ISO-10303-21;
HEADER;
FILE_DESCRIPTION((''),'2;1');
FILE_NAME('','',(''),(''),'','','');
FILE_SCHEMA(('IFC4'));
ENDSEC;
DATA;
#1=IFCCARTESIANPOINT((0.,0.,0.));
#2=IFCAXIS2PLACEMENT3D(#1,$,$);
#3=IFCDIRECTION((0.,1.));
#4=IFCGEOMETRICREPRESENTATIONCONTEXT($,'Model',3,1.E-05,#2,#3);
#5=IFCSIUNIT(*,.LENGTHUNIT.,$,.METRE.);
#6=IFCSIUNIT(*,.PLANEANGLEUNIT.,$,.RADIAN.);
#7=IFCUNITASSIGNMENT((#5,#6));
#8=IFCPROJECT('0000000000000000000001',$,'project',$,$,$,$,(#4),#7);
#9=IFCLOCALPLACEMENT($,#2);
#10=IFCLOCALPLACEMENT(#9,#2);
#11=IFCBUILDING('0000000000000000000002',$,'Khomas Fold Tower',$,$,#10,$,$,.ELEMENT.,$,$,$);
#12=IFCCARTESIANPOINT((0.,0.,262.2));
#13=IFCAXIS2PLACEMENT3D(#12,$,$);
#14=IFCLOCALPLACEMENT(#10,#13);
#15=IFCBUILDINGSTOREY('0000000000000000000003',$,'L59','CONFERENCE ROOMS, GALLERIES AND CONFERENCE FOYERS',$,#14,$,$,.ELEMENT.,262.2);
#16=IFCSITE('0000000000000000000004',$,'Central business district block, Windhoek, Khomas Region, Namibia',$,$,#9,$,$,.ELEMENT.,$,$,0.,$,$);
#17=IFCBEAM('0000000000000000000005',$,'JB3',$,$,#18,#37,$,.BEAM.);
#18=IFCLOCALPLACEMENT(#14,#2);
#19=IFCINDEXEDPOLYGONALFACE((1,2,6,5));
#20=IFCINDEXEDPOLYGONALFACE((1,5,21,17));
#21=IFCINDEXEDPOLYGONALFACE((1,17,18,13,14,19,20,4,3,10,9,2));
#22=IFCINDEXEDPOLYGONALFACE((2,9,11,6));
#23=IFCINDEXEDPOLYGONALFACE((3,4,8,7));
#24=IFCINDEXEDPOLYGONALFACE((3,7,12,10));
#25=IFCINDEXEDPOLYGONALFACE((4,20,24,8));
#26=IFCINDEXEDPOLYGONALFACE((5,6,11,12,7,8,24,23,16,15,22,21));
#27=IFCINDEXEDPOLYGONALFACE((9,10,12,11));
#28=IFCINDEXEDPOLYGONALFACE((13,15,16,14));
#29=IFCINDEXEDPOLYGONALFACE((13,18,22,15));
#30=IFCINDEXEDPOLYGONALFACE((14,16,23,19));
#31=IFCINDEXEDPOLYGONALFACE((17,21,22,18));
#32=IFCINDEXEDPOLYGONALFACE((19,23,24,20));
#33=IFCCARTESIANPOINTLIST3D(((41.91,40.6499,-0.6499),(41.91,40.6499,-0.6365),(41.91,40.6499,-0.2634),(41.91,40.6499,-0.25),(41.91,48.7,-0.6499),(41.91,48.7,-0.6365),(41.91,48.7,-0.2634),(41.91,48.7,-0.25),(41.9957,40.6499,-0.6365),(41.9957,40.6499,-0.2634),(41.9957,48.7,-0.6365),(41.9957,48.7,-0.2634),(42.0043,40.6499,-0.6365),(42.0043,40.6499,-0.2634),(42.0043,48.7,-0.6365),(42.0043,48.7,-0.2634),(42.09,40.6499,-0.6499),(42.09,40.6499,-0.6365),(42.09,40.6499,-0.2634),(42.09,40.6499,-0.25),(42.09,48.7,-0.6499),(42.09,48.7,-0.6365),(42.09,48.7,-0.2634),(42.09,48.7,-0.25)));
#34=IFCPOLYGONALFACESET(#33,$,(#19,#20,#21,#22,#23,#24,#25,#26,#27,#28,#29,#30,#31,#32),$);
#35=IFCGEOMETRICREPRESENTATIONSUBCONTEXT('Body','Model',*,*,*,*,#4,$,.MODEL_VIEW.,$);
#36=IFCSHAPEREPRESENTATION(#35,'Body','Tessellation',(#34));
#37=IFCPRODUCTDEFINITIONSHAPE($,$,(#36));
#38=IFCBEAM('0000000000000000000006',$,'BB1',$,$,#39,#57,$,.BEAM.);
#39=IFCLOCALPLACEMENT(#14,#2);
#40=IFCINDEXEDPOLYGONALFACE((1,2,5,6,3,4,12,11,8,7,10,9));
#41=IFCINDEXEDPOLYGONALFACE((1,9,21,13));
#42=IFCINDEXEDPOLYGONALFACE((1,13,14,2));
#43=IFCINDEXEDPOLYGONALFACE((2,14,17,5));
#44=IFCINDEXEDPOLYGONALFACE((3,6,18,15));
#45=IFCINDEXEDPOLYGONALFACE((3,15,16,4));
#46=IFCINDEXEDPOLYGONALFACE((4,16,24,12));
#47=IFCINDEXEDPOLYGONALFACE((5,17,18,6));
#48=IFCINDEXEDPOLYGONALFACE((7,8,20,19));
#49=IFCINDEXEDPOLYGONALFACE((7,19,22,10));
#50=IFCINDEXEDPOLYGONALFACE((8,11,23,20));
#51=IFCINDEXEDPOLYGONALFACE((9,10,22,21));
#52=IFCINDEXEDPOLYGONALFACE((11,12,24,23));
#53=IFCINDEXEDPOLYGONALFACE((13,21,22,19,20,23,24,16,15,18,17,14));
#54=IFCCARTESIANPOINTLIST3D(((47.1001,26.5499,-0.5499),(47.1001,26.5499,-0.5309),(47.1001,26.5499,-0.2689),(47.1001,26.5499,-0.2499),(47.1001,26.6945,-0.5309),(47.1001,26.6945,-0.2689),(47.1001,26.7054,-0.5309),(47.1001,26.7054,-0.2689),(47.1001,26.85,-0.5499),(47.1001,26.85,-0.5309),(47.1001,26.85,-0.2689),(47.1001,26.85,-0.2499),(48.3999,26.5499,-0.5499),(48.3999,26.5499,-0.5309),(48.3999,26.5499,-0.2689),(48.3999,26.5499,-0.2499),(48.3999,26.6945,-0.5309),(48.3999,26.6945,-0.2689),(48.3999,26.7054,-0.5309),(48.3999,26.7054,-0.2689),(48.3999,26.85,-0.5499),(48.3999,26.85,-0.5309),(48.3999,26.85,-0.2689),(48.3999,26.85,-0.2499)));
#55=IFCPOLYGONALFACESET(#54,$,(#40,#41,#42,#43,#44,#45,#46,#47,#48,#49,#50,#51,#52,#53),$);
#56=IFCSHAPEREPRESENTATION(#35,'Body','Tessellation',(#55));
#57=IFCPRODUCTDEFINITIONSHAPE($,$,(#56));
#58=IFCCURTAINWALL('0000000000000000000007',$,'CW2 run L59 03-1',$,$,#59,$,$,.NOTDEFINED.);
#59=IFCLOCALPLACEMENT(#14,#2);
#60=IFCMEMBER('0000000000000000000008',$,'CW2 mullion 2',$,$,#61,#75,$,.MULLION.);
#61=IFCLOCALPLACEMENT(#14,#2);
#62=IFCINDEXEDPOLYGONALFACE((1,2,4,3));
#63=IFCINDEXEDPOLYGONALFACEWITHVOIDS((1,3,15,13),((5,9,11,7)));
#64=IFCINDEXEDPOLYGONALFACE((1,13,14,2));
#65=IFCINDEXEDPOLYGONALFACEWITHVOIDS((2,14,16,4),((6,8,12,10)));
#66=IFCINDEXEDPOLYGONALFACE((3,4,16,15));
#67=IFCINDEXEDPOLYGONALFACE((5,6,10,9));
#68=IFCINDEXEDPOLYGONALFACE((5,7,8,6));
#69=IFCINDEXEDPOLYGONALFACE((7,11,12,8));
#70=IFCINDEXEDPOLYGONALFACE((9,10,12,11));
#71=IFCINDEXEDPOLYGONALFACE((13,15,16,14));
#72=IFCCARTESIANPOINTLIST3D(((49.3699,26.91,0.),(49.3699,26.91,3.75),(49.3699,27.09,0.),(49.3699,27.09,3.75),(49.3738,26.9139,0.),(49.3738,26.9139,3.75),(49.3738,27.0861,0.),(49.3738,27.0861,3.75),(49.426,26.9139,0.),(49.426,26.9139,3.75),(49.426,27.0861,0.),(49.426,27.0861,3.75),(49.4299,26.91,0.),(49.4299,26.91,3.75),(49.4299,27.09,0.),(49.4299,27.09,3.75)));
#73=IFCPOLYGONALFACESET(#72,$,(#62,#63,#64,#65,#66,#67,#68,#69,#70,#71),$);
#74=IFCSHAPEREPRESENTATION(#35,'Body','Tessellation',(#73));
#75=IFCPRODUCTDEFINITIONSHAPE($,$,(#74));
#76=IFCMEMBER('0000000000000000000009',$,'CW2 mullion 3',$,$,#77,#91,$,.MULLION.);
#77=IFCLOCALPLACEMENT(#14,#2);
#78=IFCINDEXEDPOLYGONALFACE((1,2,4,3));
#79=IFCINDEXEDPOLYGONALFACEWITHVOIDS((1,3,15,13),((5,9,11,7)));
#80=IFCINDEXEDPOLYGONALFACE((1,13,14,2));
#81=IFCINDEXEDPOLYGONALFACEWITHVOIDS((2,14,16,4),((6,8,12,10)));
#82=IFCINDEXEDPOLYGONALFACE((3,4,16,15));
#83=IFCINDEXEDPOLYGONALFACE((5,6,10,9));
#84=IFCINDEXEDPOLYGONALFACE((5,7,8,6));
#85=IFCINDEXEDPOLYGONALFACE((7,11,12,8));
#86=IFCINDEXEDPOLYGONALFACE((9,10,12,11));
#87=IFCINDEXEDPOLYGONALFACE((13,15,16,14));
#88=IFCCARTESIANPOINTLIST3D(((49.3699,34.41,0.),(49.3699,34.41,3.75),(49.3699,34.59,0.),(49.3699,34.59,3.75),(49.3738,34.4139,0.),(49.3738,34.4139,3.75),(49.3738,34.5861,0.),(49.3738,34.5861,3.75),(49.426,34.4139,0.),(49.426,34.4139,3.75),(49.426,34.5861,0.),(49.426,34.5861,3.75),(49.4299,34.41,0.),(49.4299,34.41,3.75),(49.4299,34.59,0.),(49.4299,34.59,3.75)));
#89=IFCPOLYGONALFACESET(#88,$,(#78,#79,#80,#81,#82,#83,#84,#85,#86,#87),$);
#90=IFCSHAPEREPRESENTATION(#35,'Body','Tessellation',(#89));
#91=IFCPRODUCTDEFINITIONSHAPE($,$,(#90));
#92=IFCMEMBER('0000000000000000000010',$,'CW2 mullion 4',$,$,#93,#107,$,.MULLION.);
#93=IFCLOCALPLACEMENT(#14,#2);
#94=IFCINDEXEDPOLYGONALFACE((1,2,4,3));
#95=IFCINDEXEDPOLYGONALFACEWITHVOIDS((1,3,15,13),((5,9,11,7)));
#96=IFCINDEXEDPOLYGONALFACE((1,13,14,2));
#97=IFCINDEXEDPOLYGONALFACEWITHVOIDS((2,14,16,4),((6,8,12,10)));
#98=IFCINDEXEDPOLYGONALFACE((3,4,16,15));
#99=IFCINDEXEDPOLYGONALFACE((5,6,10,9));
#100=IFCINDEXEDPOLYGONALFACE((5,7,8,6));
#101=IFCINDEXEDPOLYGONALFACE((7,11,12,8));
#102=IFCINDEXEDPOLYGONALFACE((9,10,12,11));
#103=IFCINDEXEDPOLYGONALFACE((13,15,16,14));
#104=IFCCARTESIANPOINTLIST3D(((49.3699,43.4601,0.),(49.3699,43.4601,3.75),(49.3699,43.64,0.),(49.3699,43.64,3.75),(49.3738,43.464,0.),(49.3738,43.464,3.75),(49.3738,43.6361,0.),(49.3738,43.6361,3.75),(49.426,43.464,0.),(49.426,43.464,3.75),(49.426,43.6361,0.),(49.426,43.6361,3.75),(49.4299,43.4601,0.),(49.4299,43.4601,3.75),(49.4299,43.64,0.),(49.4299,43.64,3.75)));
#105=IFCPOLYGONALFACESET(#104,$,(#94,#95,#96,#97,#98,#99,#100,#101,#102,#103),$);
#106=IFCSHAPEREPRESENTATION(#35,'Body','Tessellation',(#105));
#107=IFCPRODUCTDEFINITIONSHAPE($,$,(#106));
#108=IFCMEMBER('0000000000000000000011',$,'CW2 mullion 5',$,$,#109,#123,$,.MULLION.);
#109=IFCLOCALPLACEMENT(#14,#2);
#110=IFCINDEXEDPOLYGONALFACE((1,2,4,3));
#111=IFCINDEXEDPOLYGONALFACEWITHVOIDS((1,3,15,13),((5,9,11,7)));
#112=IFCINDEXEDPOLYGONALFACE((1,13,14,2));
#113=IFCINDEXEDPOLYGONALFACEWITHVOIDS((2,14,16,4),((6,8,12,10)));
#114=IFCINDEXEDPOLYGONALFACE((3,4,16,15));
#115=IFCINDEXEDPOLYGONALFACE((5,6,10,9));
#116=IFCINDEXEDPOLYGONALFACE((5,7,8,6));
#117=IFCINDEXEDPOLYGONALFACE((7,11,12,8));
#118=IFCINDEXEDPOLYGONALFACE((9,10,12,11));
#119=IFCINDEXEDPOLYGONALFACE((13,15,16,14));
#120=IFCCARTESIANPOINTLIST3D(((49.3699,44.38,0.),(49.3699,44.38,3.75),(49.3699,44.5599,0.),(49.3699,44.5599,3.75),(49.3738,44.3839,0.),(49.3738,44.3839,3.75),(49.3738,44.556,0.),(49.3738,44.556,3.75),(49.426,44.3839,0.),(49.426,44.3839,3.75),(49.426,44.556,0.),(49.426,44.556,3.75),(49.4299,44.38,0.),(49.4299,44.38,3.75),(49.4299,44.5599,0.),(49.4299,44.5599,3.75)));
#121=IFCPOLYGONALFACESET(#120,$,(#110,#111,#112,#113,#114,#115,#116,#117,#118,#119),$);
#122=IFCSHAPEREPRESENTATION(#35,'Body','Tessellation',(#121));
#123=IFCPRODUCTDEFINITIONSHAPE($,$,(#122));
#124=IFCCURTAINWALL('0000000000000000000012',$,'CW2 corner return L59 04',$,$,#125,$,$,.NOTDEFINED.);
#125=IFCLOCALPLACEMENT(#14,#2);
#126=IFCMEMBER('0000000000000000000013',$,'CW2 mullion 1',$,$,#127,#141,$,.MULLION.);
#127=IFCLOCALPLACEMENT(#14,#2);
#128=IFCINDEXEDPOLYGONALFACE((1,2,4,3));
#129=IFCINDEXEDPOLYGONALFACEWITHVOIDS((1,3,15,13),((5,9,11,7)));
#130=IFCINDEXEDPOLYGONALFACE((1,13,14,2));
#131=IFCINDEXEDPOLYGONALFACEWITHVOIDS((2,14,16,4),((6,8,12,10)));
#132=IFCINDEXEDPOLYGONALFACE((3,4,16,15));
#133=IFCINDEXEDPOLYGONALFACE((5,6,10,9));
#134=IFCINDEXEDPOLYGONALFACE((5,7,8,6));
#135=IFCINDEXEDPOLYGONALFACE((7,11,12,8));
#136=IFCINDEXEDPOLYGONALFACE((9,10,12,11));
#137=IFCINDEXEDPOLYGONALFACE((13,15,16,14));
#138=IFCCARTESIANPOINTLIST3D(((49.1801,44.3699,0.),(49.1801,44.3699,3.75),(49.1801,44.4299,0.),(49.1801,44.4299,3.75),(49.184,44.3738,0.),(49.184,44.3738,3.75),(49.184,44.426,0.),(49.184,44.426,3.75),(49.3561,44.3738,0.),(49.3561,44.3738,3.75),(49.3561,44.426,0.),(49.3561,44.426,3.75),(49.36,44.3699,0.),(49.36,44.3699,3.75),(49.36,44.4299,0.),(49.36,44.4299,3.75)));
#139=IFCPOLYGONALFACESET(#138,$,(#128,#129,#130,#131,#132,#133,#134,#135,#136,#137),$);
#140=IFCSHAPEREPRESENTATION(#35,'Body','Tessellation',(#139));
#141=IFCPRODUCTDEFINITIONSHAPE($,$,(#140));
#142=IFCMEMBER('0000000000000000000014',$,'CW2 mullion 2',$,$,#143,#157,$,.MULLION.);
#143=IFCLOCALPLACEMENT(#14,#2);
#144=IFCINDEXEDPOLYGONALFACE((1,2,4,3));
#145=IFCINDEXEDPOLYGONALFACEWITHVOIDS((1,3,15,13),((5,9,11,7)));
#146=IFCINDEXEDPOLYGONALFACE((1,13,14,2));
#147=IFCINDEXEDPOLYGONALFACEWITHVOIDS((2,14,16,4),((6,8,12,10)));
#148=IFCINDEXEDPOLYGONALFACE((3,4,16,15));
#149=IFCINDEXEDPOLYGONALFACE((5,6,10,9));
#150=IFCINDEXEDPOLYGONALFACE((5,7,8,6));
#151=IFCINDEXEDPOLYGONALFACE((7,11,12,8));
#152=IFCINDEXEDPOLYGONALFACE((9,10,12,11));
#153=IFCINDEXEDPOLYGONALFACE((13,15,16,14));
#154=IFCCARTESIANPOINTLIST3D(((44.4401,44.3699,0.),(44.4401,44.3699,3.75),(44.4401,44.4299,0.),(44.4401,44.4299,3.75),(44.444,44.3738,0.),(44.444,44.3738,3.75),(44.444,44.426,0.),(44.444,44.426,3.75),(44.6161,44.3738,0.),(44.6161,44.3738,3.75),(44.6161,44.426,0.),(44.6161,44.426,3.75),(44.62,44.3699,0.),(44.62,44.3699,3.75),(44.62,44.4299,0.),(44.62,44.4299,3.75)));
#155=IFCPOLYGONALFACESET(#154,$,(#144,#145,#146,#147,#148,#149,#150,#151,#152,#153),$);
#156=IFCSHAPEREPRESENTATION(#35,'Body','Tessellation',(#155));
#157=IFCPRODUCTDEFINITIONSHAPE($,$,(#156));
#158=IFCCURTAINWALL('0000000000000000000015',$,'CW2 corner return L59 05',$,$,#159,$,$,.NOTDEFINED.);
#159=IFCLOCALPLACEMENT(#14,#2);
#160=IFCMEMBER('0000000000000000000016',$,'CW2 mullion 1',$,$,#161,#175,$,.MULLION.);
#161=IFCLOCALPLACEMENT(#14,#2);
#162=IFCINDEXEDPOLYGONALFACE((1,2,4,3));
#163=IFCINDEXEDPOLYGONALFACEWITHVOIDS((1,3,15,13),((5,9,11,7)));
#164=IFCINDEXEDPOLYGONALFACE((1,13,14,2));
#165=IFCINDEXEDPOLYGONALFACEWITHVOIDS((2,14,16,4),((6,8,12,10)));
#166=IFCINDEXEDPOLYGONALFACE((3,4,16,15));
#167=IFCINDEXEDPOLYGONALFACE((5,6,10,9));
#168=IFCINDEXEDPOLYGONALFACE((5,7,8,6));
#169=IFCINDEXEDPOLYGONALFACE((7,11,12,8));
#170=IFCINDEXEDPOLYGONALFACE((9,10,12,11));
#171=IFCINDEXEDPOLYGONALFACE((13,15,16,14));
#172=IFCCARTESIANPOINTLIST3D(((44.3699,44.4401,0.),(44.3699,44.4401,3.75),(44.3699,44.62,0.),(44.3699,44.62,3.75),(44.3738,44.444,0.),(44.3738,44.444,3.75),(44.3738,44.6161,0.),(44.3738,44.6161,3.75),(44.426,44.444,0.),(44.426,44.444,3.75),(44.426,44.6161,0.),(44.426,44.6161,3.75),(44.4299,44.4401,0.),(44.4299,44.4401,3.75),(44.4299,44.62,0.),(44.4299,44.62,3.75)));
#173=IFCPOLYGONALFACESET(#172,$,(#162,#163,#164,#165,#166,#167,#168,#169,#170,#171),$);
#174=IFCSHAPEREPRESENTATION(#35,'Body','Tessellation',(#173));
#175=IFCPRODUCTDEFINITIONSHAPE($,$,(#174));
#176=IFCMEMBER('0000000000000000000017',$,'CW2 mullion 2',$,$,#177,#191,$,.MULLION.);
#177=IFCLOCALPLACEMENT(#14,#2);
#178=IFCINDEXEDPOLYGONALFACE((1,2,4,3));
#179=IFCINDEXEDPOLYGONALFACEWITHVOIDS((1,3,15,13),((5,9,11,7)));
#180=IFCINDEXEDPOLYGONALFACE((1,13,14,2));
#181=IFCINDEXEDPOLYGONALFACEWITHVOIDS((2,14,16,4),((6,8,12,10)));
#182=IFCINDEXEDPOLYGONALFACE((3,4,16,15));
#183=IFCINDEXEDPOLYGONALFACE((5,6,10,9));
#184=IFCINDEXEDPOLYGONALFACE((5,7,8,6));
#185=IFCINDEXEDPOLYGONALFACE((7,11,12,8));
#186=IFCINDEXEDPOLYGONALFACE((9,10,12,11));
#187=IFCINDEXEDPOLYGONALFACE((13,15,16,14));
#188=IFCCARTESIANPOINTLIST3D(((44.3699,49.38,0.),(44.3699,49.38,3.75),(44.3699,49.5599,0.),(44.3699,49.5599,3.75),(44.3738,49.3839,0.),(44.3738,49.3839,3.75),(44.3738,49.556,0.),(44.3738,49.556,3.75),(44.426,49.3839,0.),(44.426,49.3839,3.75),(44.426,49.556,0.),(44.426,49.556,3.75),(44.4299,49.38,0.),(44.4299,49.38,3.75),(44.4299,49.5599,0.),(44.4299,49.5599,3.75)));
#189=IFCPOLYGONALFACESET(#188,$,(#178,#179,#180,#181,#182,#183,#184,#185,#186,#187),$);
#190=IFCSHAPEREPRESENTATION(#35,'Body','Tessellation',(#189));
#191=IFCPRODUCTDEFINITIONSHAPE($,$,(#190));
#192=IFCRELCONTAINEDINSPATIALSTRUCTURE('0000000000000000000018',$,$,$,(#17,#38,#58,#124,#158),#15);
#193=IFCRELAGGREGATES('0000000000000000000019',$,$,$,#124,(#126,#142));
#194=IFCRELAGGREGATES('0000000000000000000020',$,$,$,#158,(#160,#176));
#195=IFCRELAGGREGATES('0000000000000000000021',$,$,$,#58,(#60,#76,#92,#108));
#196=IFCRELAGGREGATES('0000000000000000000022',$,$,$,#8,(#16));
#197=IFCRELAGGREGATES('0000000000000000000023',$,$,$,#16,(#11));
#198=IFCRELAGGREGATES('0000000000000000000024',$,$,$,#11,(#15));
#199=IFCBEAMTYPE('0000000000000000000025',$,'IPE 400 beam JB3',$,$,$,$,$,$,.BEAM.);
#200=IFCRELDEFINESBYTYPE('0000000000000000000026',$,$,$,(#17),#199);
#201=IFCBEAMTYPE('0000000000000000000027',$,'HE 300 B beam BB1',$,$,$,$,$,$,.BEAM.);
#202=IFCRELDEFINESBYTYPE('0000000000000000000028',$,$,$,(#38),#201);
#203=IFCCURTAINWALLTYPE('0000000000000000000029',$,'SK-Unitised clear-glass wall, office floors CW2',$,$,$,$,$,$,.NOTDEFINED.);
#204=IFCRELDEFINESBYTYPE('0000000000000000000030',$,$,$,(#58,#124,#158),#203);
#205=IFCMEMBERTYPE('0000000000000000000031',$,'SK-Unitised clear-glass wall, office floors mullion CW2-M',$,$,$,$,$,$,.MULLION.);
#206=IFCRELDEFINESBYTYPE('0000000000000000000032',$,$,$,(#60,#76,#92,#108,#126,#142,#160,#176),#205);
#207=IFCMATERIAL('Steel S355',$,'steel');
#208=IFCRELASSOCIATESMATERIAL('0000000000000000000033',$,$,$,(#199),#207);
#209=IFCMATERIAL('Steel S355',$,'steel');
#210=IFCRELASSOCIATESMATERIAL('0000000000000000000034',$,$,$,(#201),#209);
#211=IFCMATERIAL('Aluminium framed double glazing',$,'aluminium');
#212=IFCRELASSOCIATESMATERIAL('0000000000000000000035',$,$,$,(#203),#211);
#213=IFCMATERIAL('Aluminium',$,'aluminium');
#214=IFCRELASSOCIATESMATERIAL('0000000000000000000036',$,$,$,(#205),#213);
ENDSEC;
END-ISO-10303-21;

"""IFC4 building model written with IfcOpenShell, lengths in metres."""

from ifc_helpers import new_model, si_unit, direction, frame, origin, origin_2d, place, context, subcontext, project, spatial, hollow_rectangle, i_section, extrude, source, transform, mapped, material, material_profile, profile_set, type_object, element, aggregate, save


model = new_model("IFC4")

# Units and contexts
model_context = context("Model", 3, precision=1e-05, world=origin(), true_north=direction((0.0, 1.0)))
body_context = subcontext(model_context, "Body", "Model", "MODEL_VIEW")
ifc_project = project(units=[si_unit("LENGTHUNIT", "METRE"), si_unit("PLANEANGLEUNIT", "RADIAN")], contexts=[model_context])

# Site, building, storey
site_placement = place(None, origin())
site = spatial("IfcSite", under=ifc_project, at=site_placement, Name="Central business district block, Windhoek, Khomas Region, Namibia", CompositionType="ELEMENT", RefElevation=0.0)
building_placement = place(site_placement, origin())
building = spatial("IfcBuilding", under=site, at=building_placement, Name="Khomas Fold Tower", CompositionType="ELEMENT")
storey_placement = place(building_placement, frame((0.0, 0.0, 262.2)))
storey = spatial("IfcBuildingStorey", under=building, at=storey_placement, Name="L59", Description="CONFERENCE ROOMS, GALLERIES AND CONFERENCE FOYERS", CompositionType="ELEMENT", Elevation=262.2)

# Beams
ifc_material_1 = material(Name="Steel S355", Category="steel")
ifc_material_profile_1 = material_profile(ifc_material_1, i_section(OverallWidth=0.1799, OverallDepth=0.3999, WebThickness=0.0085, FlangeThickness=0.0134, at=origin_2d()), Name="IPE 400")
ifc_profile_set_1 = profile_set([ifc_material_profile_1], Name="Steel S355")
beam_type_1 = type_object("IfcBeamType", Name="IPE 400 beam JB3", PredefinedType="BEAM", material=ifc_profile_set_1)
shared_shape_1 = source(origin(), body_context, "Body", "SweptSolid", [
    extrude(i_section(OverallWidth=0.1799, OverallDepth=0.3999, WebThickness=0.0085, FlangeThickness=0.0134, at=origin_2d()), origin(), (0.0, 0.0, 1.0), 8.05),
])
beam_1_placement = place(storey_placement, frame((42.0, 40.6499, -0.45), z_axis=(0.0, 1.0, 0.0), x_axis=(-1.0, 0.0, 0.0)))
element("IfcBeam", 1, at=beam_1_placement, inside=storey, type_object=beam_type_1, Name="JB3", PredefinedType="BEAM", context=body_context, shape_type="MappedRepresentation", body=[
    mapped(shared_shape_1, transform((0.0, 0.0, 0.0))),
])
ifc_material_2 = material(Name="Steel S355", Category="steel")
ifc_material_profile_2 = material_profile(ifc_material_2, i_section(OverallWidth=0.3, OverallDepth=0.3, WebThickness=0.011, FlangeThickness=0.019, at=origin_2d()), Name="HE 300 B")
ifc_profile_set_2 = profile_set([ifc_material_profile_2], Name="Steel S355")
beam_type_2 = type_object("IfcBeamType", Name="HE 300 B beam BB1", PredefinedType="BEAM", material=ifc_profile_set_2)
shared_shape_2 = source(origin(), body_context, "Body", "SweptSolid", [
    extrude(i_section(OverallWidth=0.3, OverallDepth=0.3, WebThickness=0.011, FlangeThickness=0.019, at=origin_2d()), origin(), (0.0, 0.0, 1.0), 1.2998),
])
beam_2_placement = place(storey_placement, frame((47.1001, 26.7, -0.3999), z_axis=(1.0, 0.0, 0.0), x_axis=(0.0, 1.0, 0.0)))
element("IfcBeam", 2, at=beam_2_placement, inside=storey, type_object=beam_type_2, Name="BB1", PredefinedType="BEAM", context=body_context, shape_type="MappedRepresentation", body=[
    mapped(shared_shape_2, transform((0.0, 0.0, 0.0))),
])

# Curtain walls, members
ifc_material_3 = material(Name="Aluminium framed double glazing", Category="aluminium")
curtain_wall_type = type_object("IfcCurtainWallType", Name="SK-Unitised clear-glass wall, office floors CW2", PredefinedType="NOTDEFINED", material=ifc_material_3)
curtain_wall_1_placement = place(storey_placement, origin())
curtain_wall_1 = element("IfcCurtainWall", 3, at=curtain_wall_1_placement, inside=storey, type_object=curtain_wall_type, Name="CW2 run L59 03-1", PredefinedType="NOTDEFINED")
ifc_material_4 = material(Name="Aluminium", Category="aluminium")
ifc_material_profile_3 = material_profile(ifc_material_4, hollow_rectangle(XDim=0.0601, YDim=0.1799, WallThickness=0.0039, at=origin_2d()), Name="SK-Unitised clear-glass wall, office floors mullion CW2-M")
ifc_profile_set_3 = profile_set([ifc_material_profile_3], Name="Aluminium")
member_type_1 = type_object("IfcMemberType", Name="SK-Unitised clear-glass wall, office floors mullion CW2-M", PredefinedType="MULLION", material=ifc_profile_set_3)
shared_shape_3 = source(origin(), body_context, "Body", "SweptSolid", [
    extrude(hollow_rectangle(XDim=0.0601, YDim=0.1799, WallThickness=0.0039, at=origin_2d()), origin(), (0.0, 0.0, 1.0), 3.75),
])
member_1_placement = place(storey_placement, frame((49.3999, 27.0, 0.0), z_axis=(0.0, 0.0, 1.0), x_axis=(-1.0, 0.0, 0.0)))
member_1 = element("IfcMember", 4, at=member_1_placement, type_object=member_type_1, Name="CW2 mullion 2", PredefinedType="MULLION", context=body_context, shape_type="MappedRepresentation", body=[
    mapped(shared_shape_3, transform((0.0, 0.0, 0.0))),
])
member_2_placement = place(storey_placement, frame((49.3999, 34.5, 0.0), z_axis=(0.0, 0.0, 1.0), x_axis=(-1.0, 0.0, 0.0)))
member_2 = element("IfcMember", 5, at=member_2_placement, type_object=member_type_1, Name="CW2 mullion 3", PredefinedType="MULLION", context=body_context, shape_type="MappedRepresentation", body=[
    mapped(shared_shape_3, transform((0.0, 0.0, 0.0))),
])
member_3_placement = place(storey_placement, frame((49.3999, 43.55, 0.0), z_axis=(0.0, 0.0, 1.0), x_axis=(-1.0, 0.0, 0.0)))
member_3 = element("IfcMember", 6, at=member_3_placement, type_object=member_type_1, Name="CW2 mullion 4", PredefinedType="MULLION", context=body_context, shape_type="MappedRepresentation", body=[
    mapped(shared_shape_3, transform((0.0, 0.0, 0.0))),
])
member_4_placement = place(storey_placement, frame((49.3999, 44.47, 0.0), z_axis=(0.0, 0.0, 1.0), x_axis=(-1.0, 0.0, 0.0)))
member_4 = element("IfcMember", 7, at=member_4_placement, type_object=member_type_1, Name="CW2 mullion 5", PredefinedType="MULLION", context=body_context, shape_type="MappedRepresentation", body=[
    mapped(shared_shape_3, transform((0.0, 0.0, 0.0))),
])
curtain_wall_2_placement = place(storey_placement, origin())
curtain_wall_2 = element("IfcCurtainWall", 8, at=curtain_wall_2_placement, inside=storey, type_object=curtain_wall_type, Name="CW2 corner return L59 04", PredefinedType="NOTDEFINED")
member_5_placement = place(storey_placement, frame((49.27, 44.3999, 0.0), z_axis=(0.0, 0.0, 1.0), x_axis=(0.0, -1.0, 0.0)))
member_5 = element("IfcMember", 9, at=member_5_placement, type_object=member_type_1, Name="CW2 mullion 1", PredefinedType="MULLION", context=body_context, shape_type="MappedRepresentation", body=[
    mapped(shared_shape_3, transform((0.0, 0.0, 0.0))),
])
member_6_placement = place(storey_placement, frame((44.53, 44.3999, 0.0), z_axis=(0.0, 0.0, 1.0), x_axis=(0.0, -1.0, 0.0)))
member_6 = element("IfcMember", 10, at=member_6_placement, type_object=member_type_1, Name="CW2 mullion 2", PredefinedType="MULLION", context=body_context, shape_type="MappedRepresentation", body=[
    mapped(shared_shape_3, transform((0.0, 0.0, 0.0))),
])
curtain_wall_3_placement = place(storey_placement, origin())
curtain_wall_3 = element("IfcCurtainWall", 11, at=curtain_wall_3_placement, inside=storey, type_object=curtain_wall_type, Name="CW2 corner return L59 05", PredefinedType="NOTDEFINED")
member_7_placement = place(storey_placement, frame((44.3999, 44.53, 0.0), z_axis=(0.0, 0.0, 1.0), x_axis=(-1.0, 0.0, 0.0)))
member_7 = element("IfcMember", 12, at=member_7_placement, type_object=member_type_1, Name="CW2 mullion 1", PredefinedType="MULLION", context=body_context, shape_type="MappedRepresentation", body=[
    mapped(shared_shape_3, transform((0.0, 0.0, 0.0))),
])
member_8_placement = place(storey_placement, frame((44.3999, 49.47, 0.0), z_axis=(0.0, 0.0, 1.0), x_axis=(-1.0, 0.0, 0.0)))
member_8 = element("IfcMember", 13, at=member_8_placement, type_object=member_type_1, Name="CW2 mullion 2", PredefinedType="MULLION", context=body_context, shape_type="MappedRepresentation", body=[
    mapped(shared_shape_3, transform((0.0, 0.0, 0.0))),
])

aggregate(curtain_wall_2, [member_5, member_6])
aggregate(curtain_wall_3, [member_7, member_8])
aggregate(curtain_wall_1, [member_1, member_2, member_3, member_4])

save(model, "model.ifc")
